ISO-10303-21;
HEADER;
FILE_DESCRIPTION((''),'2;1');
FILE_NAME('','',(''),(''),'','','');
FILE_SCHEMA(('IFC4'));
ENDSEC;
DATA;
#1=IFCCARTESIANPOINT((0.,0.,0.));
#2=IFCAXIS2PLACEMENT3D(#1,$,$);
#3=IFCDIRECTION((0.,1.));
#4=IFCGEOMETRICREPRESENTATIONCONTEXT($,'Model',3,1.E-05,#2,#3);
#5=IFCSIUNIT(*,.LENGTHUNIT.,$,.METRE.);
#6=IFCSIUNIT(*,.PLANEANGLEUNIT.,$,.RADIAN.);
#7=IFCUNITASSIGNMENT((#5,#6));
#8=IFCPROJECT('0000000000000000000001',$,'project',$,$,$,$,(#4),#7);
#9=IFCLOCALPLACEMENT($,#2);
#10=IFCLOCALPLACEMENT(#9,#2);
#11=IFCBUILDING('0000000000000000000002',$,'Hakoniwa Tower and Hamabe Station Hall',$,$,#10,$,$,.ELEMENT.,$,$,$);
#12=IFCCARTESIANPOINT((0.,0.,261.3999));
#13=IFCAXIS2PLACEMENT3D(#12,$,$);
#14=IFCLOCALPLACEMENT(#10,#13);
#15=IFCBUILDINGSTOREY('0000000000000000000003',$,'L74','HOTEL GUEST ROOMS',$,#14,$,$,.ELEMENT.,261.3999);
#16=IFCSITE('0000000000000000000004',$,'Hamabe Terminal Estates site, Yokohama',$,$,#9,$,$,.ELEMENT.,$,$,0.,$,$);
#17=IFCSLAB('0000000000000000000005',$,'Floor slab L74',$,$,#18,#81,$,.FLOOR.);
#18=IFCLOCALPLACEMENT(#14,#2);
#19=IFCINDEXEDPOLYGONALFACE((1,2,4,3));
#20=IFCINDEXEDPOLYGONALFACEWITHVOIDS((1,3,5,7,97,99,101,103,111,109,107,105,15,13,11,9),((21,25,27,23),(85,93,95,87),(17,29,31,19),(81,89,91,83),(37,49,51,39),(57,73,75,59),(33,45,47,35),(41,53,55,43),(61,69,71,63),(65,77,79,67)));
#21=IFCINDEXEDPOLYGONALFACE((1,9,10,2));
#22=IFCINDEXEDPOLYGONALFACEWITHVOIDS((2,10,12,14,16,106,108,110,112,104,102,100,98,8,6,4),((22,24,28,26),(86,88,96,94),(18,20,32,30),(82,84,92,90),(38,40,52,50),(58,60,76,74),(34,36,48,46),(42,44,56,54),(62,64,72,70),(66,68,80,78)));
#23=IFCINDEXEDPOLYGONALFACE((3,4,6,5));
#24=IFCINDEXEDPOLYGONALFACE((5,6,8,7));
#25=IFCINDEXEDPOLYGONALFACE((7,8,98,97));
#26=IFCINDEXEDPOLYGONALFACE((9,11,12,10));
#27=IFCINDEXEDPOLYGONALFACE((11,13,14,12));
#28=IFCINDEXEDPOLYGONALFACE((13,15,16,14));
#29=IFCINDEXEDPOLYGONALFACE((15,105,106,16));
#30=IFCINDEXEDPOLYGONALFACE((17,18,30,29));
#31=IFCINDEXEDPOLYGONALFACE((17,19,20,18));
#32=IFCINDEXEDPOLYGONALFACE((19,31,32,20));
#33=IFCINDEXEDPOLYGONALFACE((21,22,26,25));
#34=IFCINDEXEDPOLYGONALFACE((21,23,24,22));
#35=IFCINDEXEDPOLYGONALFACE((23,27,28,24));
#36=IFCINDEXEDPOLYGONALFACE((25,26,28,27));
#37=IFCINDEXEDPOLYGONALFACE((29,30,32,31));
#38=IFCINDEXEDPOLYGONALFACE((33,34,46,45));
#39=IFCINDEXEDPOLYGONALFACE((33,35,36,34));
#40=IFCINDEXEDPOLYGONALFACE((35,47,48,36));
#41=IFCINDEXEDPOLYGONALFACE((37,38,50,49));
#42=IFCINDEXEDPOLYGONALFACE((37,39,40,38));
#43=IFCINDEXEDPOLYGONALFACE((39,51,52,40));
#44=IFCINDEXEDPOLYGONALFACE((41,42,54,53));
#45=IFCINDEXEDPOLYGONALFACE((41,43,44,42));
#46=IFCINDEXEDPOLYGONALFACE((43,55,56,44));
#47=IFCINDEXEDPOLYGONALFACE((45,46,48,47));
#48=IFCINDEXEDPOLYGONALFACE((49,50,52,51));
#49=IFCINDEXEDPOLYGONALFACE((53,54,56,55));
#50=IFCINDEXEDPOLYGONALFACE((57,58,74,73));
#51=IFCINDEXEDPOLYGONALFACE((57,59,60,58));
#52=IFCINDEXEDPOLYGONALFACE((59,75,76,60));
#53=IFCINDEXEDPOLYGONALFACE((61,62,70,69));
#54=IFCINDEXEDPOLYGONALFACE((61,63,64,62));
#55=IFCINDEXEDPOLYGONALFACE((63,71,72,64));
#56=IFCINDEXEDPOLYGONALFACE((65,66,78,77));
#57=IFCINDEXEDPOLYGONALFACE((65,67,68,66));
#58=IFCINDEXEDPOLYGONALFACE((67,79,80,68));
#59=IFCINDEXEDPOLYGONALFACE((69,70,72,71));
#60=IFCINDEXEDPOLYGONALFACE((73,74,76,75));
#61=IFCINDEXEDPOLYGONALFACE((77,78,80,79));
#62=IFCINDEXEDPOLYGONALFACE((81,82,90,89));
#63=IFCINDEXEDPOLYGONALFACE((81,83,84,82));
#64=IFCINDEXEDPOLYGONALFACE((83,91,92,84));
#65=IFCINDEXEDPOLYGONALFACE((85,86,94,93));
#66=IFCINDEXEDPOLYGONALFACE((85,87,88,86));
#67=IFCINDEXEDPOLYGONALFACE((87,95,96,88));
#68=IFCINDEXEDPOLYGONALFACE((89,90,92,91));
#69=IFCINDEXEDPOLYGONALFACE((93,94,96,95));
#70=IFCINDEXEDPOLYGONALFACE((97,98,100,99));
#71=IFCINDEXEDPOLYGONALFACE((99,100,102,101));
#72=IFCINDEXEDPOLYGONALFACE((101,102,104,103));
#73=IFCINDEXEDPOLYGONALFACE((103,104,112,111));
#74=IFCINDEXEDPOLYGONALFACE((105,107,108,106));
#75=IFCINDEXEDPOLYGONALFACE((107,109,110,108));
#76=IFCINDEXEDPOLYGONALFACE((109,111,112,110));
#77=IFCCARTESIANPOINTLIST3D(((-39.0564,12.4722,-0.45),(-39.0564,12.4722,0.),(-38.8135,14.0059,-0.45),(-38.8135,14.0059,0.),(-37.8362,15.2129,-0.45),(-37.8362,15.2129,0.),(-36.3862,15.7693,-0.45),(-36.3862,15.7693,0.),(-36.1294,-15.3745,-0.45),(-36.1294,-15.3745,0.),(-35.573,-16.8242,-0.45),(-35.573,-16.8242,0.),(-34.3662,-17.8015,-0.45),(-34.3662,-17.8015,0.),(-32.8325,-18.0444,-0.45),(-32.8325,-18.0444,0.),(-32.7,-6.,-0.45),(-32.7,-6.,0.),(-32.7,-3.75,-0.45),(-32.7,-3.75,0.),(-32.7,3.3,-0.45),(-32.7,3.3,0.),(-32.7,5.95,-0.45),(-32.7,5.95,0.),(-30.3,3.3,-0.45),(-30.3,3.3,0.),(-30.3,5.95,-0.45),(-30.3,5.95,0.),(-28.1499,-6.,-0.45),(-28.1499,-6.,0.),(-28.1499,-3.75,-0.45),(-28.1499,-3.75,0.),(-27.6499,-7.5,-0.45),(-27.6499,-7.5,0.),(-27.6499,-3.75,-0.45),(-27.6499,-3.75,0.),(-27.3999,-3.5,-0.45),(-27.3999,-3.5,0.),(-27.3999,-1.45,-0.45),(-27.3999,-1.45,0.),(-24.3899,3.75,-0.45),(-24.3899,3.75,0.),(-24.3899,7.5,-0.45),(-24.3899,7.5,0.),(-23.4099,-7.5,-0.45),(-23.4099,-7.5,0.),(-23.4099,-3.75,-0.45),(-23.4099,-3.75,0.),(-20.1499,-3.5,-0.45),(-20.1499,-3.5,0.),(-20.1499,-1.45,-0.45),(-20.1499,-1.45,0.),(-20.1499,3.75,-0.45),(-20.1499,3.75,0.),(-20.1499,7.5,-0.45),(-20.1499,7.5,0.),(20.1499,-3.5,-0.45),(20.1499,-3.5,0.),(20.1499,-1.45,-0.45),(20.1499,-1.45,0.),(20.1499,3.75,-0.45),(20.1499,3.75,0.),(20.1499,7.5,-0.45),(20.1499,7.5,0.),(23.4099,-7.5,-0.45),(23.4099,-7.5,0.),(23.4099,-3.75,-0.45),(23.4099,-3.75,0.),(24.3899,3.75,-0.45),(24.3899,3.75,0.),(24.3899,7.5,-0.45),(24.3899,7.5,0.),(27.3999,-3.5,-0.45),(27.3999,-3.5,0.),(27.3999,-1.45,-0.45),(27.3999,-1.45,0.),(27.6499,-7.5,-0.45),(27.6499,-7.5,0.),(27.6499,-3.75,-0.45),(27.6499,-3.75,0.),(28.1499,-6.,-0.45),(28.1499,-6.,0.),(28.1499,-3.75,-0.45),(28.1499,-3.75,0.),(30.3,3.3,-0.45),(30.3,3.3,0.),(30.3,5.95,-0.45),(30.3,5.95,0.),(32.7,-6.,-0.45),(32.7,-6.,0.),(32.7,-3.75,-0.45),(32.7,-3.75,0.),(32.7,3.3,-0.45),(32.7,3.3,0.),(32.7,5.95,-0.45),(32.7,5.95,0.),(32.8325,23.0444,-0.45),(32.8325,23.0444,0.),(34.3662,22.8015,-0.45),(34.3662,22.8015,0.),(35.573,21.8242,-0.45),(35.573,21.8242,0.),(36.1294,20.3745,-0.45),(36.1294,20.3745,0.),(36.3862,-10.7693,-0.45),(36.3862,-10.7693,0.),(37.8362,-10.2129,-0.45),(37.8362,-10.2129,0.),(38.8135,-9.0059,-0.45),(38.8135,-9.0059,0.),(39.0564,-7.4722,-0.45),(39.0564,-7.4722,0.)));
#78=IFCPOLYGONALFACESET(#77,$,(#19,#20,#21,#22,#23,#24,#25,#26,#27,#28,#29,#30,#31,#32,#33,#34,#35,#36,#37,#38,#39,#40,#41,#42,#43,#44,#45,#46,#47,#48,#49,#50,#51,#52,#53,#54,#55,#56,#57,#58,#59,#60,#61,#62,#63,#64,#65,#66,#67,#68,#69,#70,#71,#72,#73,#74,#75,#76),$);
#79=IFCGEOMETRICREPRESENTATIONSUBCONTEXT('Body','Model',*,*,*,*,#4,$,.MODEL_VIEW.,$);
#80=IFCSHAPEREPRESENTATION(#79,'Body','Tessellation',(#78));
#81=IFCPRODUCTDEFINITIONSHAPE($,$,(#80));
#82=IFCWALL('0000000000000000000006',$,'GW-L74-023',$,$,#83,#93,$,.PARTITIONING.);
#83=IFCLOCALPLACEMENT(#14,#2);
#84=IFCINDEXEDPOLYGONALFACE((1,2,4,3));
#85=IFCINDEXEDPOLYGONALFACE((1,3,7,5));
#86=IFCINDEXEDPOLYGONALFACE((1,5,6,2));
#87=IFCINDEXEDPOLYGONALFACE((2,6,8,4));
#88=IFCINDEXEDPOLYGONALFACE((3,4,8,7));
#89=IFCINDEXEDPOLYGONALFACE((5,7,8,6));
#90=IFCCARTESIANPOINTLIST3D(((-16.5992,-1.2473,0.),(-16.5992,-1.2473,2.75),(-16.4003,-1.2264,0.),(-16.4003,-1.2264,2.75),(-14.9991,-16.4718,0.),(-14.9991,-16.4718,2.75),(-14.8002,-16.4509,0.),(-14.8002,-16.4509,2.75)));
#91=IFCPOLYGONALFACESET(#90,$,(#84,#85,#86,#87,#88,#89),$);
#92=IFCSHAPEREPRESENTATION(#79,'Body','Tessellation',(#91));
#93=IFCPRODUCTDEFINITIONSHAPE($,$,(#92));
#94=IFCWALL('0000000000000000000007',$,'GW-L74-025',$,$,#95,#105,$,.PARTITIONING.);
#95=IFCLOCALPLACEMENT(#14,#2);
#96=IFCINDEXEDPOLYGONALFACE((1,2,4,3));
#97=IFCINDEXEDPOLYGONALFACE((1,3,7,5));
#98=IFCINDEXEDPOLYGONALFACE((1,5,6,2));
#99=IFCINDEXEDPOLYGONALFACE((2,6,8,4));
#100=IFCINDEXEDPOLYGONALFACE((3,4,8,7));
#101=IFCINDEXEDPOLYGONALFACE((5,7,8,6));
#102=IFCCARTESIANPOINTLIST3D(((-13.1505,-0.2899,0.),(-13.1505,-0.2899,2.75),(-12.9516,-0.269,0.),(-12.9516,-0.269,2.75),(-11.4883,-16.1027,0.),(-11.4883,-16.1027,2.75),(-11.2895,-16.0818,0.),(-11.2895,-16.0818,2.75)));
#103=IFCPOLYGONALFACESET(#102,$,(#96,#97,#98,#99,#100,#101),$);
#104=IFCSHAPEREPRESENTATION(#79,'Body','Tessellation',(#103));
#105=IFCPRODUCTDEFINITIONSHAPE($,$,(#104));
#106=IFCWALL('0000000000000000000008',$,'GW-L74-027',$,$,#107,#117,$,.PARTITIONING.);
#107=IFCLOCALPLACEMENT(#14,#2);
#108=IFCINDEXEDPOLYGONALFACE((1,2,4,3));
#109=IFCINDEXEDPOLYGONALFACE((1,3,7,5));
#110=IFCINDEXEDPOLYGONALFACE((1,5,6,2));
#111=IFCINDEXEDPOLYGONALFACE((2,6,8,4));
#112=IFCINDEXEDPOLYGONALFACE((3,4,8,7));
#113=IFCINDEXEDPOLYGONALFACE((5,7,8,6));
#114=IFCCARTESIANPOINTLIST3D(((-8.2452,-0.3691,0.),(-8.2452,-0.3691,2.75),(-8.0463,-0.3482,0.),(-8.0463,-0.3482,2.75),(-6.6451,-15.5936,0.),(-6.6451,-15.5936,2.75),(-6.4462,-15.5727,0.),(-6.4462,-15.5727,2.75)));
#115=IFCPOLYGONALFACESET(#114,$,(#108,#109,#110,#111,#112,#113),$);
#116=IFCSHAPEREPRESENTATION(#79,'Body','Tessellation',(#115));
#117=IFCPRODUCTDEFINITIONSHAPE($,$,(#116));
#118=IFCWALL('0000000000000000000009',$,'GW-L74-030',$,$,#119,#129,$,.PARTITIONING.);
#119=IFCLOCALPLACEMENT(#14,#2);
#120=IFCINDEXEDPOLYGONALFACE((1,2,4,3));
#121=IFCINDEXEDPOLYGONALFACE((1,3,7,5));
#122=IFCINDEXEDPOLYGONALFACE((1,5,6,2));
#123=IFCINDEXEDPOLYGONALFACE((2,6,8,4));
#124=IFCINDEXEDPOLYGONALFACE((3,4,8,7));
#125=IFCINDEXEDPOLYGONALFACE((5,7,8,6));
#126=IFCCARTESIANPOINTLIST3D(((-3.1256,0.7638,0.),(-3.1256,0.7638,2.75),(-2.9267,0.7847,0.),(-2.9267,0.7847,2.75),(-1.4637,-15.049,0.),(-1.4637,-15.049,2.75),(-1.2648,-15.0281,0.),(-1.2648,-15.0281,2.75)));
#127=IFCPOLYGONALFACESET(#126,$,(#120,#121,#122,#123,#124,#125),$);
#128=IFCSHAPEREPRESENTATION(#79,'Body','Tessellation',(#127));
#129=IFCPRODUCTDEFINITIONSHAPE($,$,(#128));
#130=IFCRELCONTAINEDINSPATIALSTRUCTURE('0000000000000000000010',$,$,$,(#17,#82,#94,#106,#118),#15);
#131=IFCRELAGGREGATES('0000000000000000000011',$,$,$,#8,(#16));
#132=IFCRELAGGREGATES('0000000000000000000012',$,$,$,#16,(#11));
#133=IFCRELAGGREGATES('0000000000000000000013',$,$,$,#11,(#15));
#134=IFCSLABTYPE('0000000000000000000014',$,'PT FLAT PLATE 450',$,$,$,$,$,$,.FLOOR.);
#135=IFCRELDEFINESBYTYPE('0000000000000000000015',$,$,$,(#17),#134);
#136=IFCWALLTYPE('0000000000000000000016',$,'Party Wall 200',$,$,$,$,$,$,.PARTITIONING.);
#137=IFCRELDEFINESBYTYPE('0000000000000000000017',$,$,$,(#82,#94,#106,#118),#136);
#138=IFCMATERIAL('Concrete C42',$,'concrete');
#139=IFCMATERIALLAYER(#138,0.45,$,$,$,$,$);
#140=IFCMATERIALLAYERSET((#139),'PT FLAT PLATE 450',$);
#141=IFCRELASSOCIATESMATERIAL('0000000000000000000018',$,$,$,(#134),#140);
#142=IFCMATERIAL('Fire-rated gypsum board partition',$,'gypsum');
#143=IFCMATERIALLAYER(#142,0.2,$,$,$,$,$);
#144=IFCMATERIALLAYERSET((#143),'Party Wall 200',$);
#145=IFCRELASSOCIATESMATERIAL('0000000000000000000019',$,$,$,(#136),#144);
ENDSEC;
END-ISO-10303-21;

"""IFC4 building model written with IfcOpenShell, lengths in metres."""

from ifc_helpers import new_model, si_unit, direction, frame, frame_2d, origin, place, context, subcontext, project, spatial, polyline, rectangle, outline, extrude, material, layer, layer_set, type_object, element, save


model = new_model("IFC4")

# Units and contexts
model_context = context("Model", 3, precision=1e-05, world=origin(), true_north=direction((0.0, 1.0)))
body_context = subcontext(model_context, "Body", "Model", "MODEL_VIEW")
ifc_project = project(units=[si_unit("LENGTHUNIT", "METRE"), si_unit("PLANEANGLEUNIT", "RADIAN")], contexts=[model_context])

# Site, building, storey
site_placement = place(None, origin())
site = spatial("IfcSite", under=ifc_project, at=site_placement, Name="Hamabe Terminal Estates site, Yokohama", CompositionType="ELEMENT", RefElevation=0.0)
building_placement = place(site_placement, origin())
building = spatial("IfcBuilding", under=site, at=building_placement, Name="Hakoniwa Tower and Hamabe Station Hall", CompositionType="ELEMENT")
storey_placement = place(building_placement, frame((0.0, 0.0, 261.3999)))
storey = spatial("IfcBuildingStorey", under=building, at=storey_placement, Name="L74", Description="HOTEL GUEST ROOMS", CompositionType="ELEMENT", Elevation=261.3999)

# Slab
ifc_material_1 = material(Name="Concrete C42", Category="concrete")
ifc_layer_1 = layer(ifc_material_1, 0.45)
ifc_layer_set_1 = layer_set([ifc_layer_1], Name="PT FLAT PLATE 450")
slab_type = type_object("IfcSlabType", Name="PT FLAT PLATE 450", PredefinedType="FLOOR", material=ifc_layer_set_1)
slab_placement = place(storey_placement, frame((0.0, 0.0, -0.45)))
element("IfcSlab", 1, at=slab_placement, inside=storey, type_object=slab_type, Name="Floor slab L74", PredefinedType="FLOOR", context=body_context, shape_type="SweptSolid", body=[
    extrude(outline(polyline([(39.0564, -7.4722), (36.1294, 20.3745), (35.573, 21.8242), (34.3662, 22.8015), (32.8325, 23.0444), (-36.3862, 15.7693), (-37.8362, 15.2129), (-38.8135, 14.0059), (-39.0564, 12.4722), (-36.1294, -15.3745), (-35.573, -16.8242), (-34.3662, -17.8015), (-32.8325, -18.0444), (36.3862, -10.7693), (37.8362, -10.2129), (38.8135, -9.0059), (39.0564, -7.4722)]), holes=[polyline([(-27.3999, -3.5), (-27.3999, -1.45), (-20.1499, -1.45), (-20.1499, -3.5), (-27.3999, -3.5)]), polyline([(-32.7, 3.3), (-32.7, 5.95), (-30.3, 5.95), (-30.3, 3.3), (-32.7, 3.3)]), polyline([(-32.7, -6.0), (-32.7, -3.75), (-28.1499, -3.75), (-28.1499, -6.0), (-32.7, -6.0)]), polyline([(-24.3899, 3.75), (-24.3899, 7.5), (-20.1499, 7.5), (-20.1499, 3.75), (-24.3899, 3.75)]), polyline([(-27.6499, -7.5), (-27.6499, -3.75), (-23.4099, -3.75), (-23.4099, -7.5), (-27.6499, -7.5)]), polyline([(20.1499, -3.5), (20.1499, -1.45), (27.3999, -1.45), (27.3999, -3.5), (20.1499, -3.5)]), polyline([(30.3, 3.3), (30.3, 5.95), (32.7, 5.95), (32.7, 3.3), (30.3, 3.3)]), polyline([(28.1499, -6.0), (28.1499, -3.75), (32.7, -3.75), (32.7, -6.0), (28.1499, -6.0)]), polyline([(20.1499, 3.75), (20.1499, 7.5), (24.3899, 7.5), (24.3899, 3.75), (20.1499, 3.75)]), polyline([(23.4099, -7.5), (23.4099, -3.75), (27.6499, -3.75), (27.6499, -7.5), (23.4099, -7.5)])]), origin(), (0.0, 0.0, 1.0), 0.45),
])

# Walls
ifc_material_2 = material(Name="Fire-rated gypsum board partition", Category="gypsum")
ifc_layer_2 = layer(ifc_material_2, 0.2)
ifc_layer_set_2 = layer_set([ifc_layer_2], Name="Party Wall 200")
wall_type = type_object("IfcWallType", Name="Party Wall 200", PredefinedType="PARTITIONING", material=ifc_layer_set_2)
wall_1_placement = place(storey_placement, frame((-14.8997, -16.4614, 0.0), z_axis=(0.0, 0.0, 1.0), x_axis=(-0.104524, 0.994522, 0.0)))
element("IfcWall", 2, at=wall_1_placement, inside=storey, type_object=wall_type, Name="GW-L74-023", PredefinedType="PARTITIONING", context=body_context, shape_type="SweptSolid", body=[
    extrude(rectangle(XDim=15.3083, YDim=0.2, at=frame_2d((7.6543, 0.0))), origin(), (0.0, 0.0, 1.0), 2.75),
])
wall_2_placement = place(storey_placement, frame((-11.3889, -16.0923, 0.0), z_axis=(0.0, 0.0, 1.0), x_axis=(-0.104536, 0.994521, 0.0)))
element("IfcWall", 3, at=wall_2_placement, inside=storey, type_object=wall_type, Name="GW-L74-025", PredefinedType="PARTITIONING", context=body_context, shape_type="SweptSolid", body=[
    extrude(rectangle(XDim=15.8999, YDim=0.2, at=frame_2d((7.95, 0.0))), origin(), (0.0, 0.0, 1.0), 2.75),
])
wall_3_placement = place(storey_placement, frame((-6.5457, -15.5833, 0.0), z_axis=(0.0, 0.0, 1.0), x_axis=(-0.104524, 0.994522, 0.0)))
element("IfcWall", 4, at=wall_3_placement, inside=storey, type_object=wall_type, Name="GW-L74-027", PredefinedType="PARTITIONING", context=body_context, shape_type="SweptSolid", body=[
    extrude(rectangle(XDim=15.3083, YDim=0.2, at=frame_2d((7.6543, 0.0))), origin(), (0.0, 0.0, 1.0), 2.75),
])
wall_4_placement = place(storey_placement, frame((-1.3643, -15.0386, 0.0), z_axis=(0.0, 0.0, 1.0), x_axis=(-0.104521, 0.994523, 0.0)))
element("IfcWall", 5, at=wall_4_placement, inside=storey, type_object=wall_type, Name="GW-L74-030", PredefinedType="PARTITIONING", context=body_context, shape_type="SweptSolid", body=[
    extrude(rectangle(XDim=15.8999, YDim=0.2, at=frame_2d((7.95, 0.0))), origin(), (0.0, 0.0, 1.0), 2.75),
])

save(model, "model.ifc")
